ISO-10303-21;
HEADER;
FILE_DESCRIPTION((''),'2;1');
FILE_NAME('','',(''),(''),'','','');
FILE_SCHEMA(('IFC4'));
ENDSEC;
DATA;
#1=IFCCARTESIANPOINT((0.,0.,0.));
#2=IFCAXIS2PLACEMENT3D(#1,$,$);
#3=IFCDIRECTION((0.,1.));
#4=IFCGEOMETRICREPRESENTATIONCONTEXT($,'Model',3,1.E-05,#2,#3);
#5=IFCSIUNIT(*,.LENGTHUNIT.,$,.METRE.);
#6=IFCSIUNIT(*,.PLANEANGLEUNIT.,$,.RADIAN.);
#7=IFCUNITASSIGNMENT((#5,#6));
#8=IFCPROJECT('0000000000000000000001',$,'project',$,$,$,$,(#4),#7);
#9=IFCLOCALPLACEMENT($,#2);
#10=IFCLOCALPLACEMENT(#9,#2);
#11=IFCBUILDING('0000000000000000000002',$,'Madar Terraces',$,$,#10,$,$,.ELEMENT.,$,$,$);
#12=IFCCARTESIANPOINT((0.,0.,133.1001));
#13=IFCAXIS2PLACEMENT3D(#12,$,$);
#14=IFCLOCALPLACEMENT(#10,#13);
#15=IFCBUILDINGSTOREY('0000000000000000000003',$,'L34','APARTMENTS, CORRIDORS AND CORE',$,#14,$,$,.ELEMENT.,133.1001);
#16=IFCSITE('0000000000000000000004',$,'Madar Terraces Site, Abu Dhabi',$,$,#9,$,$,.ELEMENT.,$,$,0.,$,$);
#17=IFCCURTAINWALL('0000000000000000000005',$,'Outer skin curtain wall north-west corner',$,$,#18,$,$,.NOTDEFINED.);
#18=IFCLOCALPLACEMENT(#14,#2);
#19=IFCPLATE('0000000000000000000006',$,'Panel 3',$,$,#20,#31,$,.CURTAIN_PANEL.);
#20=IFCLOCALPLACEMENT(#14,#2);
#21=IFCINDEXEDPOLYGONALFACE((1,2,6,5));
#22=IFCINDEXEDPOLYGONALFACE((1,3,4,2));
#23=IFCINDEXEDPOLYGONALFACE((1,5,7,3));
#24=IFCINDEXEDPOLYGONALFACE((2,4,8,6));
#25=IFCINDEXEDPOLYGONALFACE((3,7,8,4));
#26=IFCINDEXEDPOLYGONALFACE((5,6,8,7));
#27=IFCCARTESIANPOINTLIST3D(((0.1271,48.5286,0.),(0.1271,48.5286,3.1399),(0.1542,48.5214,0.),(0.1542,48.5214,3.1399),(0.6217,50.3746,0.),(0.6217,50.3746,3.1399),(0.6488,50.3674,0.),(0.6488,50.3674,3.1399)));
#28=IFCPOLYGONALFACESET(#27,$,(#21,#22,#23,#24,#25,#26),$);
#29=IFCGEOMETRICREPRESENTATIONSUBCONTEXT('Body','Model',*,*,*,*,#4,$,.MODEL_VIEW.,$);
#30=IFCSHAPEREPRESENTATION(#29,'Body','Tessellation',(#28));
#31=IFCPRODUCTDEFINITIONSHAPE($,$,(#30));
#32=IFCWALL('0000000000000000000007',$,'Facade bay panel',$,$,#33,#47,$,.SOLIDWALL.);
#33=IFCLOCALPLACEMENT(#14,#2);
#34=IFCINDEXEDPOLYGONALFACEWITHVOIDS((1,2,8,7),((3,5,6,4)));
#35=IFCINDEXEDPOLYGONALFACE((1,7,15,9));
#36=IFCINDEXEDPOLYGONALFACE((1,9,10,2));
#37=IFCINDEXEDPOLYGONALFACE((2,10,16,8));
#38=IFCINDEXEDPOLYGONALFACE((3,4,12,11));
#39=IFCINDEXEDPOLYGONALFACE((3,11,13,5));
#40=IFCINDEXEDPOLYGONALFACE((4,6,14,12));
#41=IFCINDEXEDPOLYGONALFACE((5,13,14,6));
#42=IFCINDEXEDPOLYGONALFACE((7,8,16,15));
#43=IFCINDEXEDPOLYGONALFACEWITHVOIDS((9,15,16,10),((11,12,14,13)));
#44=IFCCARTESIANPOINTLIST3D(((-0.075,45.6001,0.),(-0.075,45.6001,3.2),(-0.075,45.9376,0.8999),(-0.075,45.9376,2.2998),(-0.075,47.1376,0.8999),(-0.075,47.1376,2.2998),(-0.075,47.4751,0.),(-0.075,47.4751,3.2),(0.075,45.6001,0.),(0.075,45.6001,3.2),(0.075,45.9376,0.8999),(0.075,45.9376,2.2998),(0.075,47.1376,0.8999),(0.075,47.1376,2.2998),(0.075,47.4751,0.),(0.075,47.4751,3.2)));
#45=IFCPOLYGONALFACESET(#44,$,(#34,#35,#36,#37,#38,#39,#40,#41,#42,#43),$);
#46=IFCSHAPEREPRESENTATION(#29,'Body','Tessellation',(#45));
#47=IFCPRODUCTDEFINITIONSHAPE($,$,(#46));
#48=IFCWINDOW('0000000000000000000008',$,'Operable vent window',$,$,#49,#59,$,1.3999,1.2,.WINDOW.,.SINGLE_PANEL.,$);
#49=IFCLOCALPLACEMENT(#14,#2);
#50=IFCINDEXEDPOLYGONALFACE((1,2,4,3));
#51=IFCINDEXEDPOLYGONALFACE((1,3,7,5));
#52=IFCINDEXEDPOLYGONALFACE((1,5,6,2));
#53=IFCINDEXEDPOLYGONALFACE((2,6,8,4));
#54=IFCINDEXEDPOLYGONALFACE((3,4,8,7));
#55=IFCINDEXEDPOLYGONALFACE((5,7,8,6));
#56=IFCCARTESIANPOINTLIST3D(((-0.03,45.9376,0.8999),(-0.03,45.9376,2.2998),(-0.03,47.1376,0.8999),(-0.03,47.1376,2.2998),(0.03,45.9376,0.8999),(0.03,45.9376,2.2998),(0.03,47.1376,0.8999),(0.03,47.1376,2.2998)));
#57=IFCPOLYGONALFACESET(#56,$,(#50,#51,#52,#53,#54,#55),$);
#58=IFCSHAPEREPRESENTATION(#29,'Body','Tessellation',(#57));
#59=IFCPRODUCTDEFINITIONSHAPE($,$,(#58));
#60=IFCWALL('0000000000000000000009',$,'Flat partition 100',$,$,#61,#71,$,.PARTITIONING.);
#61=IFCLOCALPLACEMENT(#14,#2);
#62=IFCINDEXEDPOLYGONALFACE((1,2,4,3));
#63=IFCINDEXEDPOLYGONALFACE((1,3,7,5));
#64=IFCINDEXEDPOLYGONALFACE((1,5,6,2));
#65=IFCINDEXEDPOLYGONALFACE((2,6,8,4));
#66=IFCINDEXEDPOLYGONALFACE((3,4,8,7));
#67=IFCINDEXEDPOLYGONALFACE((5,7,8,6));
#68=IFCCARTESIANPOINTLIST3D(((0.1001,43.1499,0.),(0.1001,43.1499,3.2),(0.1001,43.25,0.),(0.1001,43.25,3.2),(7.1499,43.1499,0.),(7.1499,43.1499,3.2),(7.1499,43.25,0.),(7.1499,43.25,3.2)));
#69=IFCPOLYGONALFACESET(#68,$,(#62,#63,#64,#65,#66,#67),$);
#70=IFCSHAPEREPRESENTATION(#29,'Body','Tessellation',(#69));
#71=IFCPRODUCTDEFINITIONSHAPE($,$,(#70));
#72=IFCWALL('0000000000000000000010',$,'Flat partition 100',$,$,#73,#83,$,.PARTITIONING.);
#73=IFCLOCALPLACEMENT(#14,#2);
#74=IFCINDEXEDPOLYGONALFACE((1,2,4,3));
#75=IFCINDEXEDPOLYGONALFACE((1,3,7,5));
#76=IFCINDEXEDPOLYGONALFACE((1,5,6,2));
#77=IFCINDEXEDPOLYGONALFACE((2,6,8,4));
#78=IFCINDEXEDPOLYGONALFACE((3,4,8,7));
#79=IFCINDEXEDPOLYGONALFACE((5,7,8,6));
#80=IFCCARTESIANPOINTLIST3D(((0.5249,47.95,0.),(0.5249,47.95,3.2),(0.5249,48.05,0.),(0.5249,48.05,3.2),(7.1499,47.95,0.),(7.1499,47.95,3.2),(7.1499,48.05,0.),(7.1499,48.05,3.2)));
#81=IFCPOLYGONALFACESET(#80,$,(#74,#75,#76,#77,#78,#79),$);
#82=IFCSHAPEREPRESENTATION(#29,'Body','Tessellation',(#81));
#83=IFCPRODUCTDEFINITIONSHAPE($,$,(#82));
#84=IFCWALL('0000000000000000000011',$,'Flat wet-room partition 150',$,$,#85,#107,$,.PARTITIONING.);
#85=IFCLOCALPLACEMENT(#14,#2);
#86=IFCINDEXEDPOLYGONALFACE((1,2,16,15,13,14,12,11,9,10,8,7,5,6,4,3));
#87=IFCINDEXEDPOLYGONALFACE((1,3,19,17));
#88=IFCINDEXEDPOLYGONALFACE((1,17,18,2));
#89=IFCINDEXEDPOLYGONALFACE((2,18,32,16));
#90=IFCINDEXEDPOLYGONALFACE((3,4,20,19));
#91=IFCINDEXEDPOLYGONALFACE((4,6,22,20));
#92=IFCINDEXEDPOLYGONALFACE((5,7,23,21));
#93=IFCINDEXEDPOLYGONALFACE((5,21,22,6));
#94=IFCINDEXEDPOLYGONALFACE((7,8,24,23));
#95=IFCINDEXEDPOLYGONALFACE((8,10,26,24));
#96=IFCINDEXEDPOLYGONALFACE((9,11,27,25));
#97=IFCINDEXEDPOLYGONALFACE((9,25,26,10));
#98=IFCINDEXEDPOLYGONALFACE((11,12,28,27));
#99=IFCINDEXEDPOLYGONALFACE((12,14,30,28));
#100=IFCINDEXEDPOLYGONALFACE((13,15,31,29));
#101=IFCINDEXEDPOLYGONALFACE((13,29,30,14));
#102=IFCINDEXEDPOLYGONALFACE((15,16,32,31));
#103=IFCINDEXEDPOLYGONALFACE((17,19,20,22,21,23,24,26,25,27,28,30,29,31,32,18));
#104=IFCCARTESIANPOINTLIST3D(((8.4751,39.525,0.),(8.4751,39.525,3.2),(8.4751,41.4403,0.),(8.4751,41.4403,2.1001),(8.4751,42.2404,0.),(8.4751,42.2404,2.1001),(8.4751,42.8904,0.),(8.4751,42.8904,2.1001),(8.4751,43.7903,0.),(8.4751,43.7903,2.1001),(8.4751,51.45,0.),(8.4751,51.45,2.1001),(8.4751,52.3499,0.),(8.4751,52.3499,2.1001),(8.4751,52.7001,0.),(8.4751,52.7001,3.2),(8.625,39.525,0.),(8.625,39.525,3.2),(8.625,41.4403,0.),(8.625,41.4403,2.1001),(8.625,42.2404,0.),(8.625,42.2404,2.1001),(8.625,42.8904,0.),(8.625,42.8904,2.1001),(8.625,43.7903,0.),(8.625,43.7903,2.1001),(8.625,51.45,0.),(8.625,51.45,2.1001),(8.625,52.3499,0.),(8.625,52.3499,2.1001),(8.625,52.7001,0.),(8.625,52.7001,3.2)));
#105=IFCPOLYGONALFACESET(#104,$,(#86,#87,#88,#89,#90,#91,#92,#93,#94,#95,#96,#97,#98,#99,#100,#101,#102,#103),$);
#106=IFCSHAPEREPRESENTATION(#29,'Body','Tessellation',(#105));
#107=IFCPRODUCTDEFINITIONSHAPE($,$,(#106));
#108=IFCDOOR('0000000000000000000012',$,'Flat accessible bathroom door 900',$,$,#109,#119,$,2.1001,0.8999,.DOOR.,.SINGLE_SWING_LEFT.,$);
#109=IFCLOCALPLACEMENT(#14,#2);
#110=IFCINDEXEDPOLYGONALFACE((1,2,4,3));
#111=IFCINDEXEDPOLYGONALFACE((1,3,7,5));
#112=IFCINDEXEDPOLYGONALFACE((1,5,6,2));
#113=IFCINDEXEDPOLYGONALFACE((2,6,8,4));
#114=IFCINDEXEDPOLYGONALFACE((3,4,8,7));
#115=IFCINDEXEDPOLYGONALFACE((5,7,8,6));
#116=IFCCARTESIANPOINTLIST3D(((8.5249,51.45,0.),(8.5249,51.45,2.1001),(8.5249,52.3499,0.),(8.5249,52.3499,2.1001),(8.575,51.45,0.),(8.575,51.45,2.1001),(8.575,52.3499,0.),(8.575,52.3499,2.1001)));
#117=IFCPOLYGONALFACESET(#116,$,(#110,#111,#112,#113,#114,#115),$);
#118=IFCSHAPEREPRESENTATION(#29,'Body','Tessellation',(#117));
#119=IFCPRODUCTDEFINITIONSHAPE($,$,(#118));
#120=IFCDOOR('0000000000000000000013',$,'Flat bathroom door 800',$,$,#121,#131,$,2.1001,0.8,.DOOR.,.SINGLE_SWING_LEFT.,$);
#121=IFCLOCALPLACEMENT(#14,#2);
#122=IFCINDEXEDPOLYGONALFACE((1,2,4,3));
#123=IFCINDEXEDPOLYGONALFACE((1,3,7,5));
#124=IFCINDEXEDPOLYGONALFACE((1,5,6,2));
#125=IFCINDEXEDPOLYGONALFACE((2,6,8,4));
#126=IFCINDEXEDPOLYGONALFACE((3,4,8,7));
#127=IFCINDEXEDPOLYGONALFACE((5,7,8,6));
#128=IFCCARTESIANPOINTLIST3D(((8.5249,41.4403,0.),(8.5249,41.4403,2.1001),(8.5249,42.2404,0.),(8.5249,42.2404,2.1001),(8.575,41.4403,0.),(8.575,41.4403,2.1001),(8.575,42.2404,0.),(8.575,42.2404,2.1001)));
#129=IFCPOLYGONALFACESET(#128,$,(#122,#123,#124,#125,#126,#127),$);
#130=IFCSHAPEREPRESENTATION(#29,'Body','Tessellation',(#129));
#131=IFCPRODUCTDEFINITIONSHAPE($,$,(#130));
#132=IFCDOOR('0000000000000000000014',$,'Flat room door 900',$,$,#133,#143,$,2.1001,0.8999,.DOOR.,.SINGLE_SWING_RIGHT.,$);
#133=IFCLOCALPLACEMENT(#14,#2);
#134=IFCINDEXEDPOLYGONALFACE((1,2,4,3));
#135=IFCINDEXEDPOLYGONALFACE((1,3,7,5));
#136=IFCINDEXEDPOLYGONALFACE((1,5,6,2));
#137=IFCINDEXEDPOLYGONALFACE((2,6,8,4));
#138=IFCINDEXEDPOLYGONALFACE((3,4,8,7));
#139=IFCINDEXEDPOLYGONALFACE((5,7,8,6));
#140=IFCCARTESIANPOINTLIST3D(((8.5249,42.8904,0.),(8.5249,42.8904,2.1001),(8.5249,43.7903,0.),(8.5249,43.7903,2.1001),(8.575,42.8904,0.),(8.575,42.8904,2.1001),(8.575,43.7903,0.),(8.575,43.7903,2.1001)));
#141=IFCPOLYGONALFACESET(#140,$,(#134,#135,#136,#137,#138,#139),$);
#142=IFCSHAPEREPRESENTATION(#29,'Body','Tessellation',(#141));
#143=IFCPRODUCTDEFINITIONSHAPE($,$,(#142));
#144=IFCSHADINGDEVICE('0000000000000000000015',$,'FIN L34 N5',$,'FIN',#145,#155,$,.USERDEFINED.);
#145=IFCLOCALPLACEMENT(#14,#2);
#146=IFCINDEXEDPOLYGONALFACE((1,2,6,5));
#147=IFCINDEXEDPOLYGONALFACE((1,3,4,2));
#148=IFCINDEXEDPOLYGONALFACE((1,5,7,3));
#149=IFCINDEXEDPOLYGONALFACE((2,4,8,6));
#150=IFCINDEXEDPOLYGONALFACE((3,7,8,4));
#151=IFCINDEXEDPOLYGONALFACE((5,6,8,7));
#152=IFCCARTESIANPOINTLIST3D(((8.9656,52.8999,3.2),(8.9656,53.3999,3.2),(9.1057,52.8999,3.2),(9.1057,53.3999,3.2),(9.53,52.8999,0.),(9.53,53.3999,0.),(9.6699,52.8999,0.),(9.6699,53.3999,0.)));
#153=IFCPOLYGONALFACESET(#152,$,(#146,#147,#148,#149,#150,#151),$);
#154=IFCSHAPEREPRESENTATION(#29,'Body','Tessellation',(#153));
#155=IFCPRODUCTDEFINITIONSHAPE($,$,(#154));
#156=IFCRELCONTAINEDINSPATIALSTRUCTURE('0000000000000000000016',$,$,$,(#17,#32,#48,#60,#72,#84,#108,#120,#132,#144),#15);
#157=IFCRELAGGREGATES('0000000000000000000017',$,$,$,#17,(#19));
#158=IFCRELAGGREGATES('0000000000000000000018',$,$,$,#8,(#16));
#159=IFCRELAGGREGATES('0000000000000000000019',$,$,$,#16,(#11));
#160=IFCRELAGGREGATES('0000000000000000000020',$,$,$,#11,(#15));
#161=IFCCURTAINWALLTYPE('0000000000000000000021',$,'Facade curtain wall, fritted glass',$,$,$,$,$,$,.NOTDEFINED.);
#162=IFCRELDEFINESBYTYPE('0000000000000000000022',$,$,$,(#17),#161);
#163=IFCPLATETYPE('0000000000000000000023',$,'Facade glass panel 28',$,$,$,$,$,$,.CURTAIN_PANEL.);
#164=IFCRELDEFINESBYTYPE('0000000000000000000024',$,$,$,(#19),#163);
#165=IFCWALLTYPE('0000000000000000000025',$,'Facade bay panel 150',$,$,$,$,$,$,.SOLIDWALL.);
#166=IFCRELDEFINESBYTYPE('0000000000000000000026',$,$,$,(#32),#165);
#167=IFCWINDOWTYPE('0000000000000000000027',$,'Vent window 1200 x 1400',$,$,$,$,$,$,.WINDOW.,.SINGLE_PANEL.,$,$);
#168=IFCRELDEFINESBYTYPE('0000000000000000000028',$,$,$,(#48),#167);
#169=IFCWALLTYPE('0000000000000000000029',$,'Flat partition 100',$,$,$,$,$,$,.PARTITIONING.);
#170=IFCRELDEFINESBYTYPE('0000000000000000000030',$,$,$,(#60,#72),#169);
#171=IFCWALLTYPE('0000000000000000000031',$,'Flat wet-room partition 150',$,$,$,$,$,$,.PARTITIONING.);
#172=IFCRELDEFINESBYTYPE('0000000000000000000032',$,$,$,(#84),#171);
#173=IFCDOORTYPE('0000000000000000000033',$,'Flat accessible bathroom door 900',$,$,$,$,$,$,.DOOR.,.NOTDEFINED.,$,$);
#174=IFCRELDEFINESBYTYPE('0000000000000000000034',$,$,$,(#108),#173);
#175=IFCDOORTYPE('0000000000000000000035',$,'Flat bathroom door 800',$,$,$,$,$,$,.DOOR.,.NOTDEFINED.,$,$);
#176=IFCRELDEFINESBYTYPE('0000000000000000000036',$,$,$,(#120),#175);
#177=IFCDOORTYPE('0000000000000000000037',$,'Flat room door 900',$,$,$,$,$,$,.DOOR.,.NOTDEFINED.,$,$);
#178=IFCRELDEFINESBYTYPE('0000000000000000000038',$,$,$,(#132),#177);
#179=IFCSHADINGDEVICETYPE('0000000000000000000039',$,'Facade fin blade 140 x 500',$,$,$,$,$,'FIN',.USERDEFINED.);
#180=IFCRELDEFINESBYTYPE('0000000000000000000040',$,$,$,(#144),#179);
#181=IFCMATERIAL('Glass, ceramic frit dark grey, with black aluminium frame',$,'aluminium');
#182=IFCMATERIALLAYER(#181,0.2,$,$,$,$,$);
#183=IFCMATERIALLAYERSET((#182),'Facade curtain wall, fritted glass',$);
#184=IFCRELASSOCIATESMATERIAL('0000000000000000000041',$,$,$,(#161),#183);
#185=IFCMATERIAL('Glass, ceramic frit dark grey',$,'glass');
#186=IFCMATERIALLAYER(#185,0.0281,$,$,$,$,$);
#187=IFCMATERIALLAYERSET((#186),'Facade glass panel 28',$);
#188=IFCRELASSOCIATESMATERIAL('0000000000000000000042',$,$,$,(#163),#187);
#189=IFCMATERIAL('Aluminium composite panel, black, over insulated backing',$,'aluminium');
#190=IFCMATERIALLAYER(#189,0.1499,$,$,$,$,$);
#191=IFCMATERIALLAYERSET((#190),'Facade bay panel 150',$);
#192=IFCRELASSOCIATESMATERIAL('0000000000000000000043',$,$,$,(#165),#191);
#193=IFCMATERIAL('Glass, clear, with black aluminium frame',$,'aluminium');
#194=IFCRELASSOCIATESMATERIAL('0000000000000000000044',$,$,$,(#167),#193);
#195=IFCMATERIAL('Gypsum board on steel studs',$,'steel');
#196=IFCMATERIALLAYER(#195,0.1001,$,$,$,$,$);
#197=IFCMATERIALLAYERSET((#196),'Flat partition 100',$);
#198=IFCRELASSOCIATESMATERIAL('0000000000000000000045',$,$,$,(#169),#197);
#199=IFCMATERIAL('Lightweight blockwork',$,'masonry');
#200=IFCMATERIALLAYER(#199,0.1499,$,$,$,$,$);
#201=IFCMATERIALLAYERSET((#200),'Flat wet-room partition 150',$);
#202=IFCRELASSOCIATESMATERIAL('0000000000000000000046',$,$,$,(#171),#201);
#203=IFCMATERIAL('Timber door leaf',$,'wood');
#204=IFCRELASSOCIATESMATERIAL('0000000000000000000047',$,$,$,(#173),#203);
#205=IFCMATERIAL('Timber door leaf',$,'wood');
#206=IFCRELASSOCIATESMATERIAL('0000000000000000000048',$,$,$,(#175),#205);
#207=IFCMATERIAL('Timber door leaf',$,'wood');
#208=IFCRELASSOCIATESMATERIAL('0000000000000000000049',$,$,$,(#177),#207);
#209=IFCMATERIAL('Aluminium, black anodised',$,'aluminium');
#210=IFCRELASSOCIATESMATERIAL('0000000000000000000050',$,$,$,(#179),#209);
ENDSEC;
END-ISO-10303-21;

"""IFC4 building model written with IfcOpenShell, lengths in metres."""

from ifc_helpers import new_model, si_unit, direction, frame, frame_2d, origin, origin_2d, place, context, subcontext, project, spatial, polyline, rectangle, outline, extrude, material, layer, layer_set, type_object, element, fill, aggregate, save


model = new_model("IFC4")

# Units and contexts
model_context = context("Model", 3, precision=1e-05, world=origin(), true_north=direction((0.0, 1.0)))
body_context = subcontext(model_context, "Body", "Model", "MODEL_VIEW")
ifc_project = project(units=[si_unit("LENGTHUNIT", "METRE"), si_unit("PLANEANGLEUNIT", "RADIAN")], contexts=[model_context])

# Site, building, storey
site_placement = place(None, origin())
site = spatial("IfcSite", under=ifc_project, at=site_placement, Name="Madar Terraces Site, Abu Dhabi", CompositionType="ELEMENT", RefElevation=0.0)
building_placement = place(site_placement, origin())
building = spatial("IfcBuilding", under=site, at=building_placement, Name="Madar Terraces", CompositionType="ELEMENT")
storey_placement = place(building_placement, frame((0.0, 0.0, 133.1001)))
storey = spatial("IfcBuildingStorey", under=building, at=storey_placement, Name="L34", Description="APARTMENTS, CORRIDORS AND CORE", CompositionType="ELEMENT", Elevation=133.1001)

# Shared definitions
ifc_material_1 = material(Name="Glass, ceramic frit dark grey, with black aluminium frame", Category="aluminium")
ifc_layer_1 = layer(ifc_material_1, 0.2)
ifc_layer_set_1 = layer_set([ifc_layer_1], Name="Facade curtain wall, fritted glass")
curtain_wall_type = type_object("IfcCurtainWallType", Name="Facade curtain wall, fritted glass", PredefinedType="NOTDEFINED", material=ifc_layer_set_1)

# Curtain wall
curtain_wall_1_placement = place(storey_placement, origin())
curtain_wall_1 = element("IfcCurtainWall", 1, at=curtain_wall_1_placement, inside=storey, type_object=curtain_wall_type, Name="Outer skin curtain wall north-west corner", PredefinedType="NOTDEFINED")

# Plate
ifc_material_2 = material(Name="Glass, ceramic frit dark grey", Category="glass")
ifc_layer_2 = layer(ifc_material_2, 0.0281)
ifc_layer_set_2 = layer_set([ifc_layer_2], Name="Facade glass panel 28")
plate_type = type_object("IfcPlateType", Name="Facade glass panel 28", PredefinedType="CURTAIN_PANEL", material=ifc_layer_set_2)
plate_1_placement = place(storey_placement, frame((0.3879, 49.448, 0.0), z_axis=(0.0, 0.0, 1.0), x_axis=(-0.258819, -0.965926, 0.0)))
plate_1 = element("IfcPlate", 2, at=plate_1_placement, type_object=plate_type, Name="Panel 3", PredefinedType="CURTAIN_PANEL", context=body_context, shape_type="SweptSolid", body=[
    extrude(rectangle(XDim=1.9111, YDim=0.0281, at=origin_2d()), origin(), (0.0, 0.0, 1.0), 3.1399),
])
aggregate(curtain_wall_1, [plate_1])

# Wall, opening, window
ifc_material_3 = material(Name="Aluminium composite panel, black, over insulated backing", Category="aluminium")
ifc_layer_3 = layer(ifc_material_3, 0.1499)
ifc_layer_set_3 = layer_set([ifc_layer_3], Name="Facade bay panel 150")
wall_type_1 = type_object("IfcWallType", Name="Facade bay panel 150", PredefinedType="SOLIDWALL", material=ifc_layer_set_3)
wall_1_placement = place(storey_placement, frame((0.0, 47.4751, 0.0), z_axis=(0.0, 0.0, 1.0), x_axis=(0.0, -1.0, 0.0)))
wall_1 = element("IfcWall", 3, at=wall_1_placement, inside=storey, type_object=wall_type_1, Name="Facade bay panel", PredefinedType="SOLIDWALL", context=body_context, shape_type="SweptSolid", body=[
    extrude(rectangle(XDim=1.875, YDim=0.1499, at=frame_2d((0.9375, 0.0))), origin(), (0.0, 0.0, 1.0), 3.2),
])
opening_1_placement = place(wall_1_placement, frame((0.3374, 0.0, 0.8999)))
opening_1 = element("IfcOpeningElement", 4, at=opening_1_placement, cuts=wall_1, PredefinedType="OPENING", context=body_context, shape_type="SweptSolid", body=[
    extrude(rectangle(XDim=1.2, YDim=1.3999, at=frame_2d((0.6001, 0.7))), frame((0.0, 0.085, 0.0), z_axis=(0.0, -1.0, 0.0), x_axis=(1.0, 0.0, 0.0)), (0.0, 0.0, 1.0), 0.1699),
])
ifc_material_4 = material(Name="Glass, clear, with black aluminium frame", Category="aluminium")
window_type = type_object("IfcWindowType", Name="Vent window 1200 x 1400", PartitioningType="SINGLE_PANEL", PredefinedType="WINDOW", material=ifc_material_4)
window_placement = place(opening_1_placement, origin())
window = element("IfcWindow", 5, at=window_placement, inside=storey, type_object=window_type, Name="Operable vent window", OverallHeight=1.3999, OverallWidth=1.2, PartitioningType="SINGLE_PANEL", PredefinedType="WINDOW", context=body_context, shape_type="SweptSolid", body=[
    extrude(rectangle(XDim=1.2, YDim=1.3999, at=frame_2d((0.6001, 0.7))), frame((0.0, 0.03, 0.0), z_axis=(0.0, -1.0, 0.0), x_axis=(1.0, 0.0, 0.0)), (0.0, 0.0, 1.0), 0.0601),
])
fill(opening_1, window)

# Walls
ifc_material_5 = material(Name="Gypsum board on steel studs", Category="steel")
ifc_layer_4 = layer(ifc_material_5, 0.1001)
ifc_layer_set_4 = layer_set([ifc_layer_4], Name="Flat partition 100")
wall_type_2 = type_object("IfcWallType", Name="Flat partition 100", PredefinedType="PARTITIONING", material=ifc_layer_set_4)
wall_2_placement = place(storey_placement, frame((7.1499, 43.2, 0.0), z_axis=(0.0, 0.0, 1.0), x_axis=(-1.0, 0.0, 0.0)))
element("IfcWall", 6, at=wall_2_placement, inside=storey, type_object=wall_type_2, Name="Flat partition 100", PredefinedType="PARTITIONING", context=body_context, shape_type="SweptSolid", body=[
    extrude(rectangle(XDim=7.0498, YDim=0.1001, at=frame_2d((3.5249, 0.0))), origin(), (0.0, 0.0, 1.0), 3.2),
])
wall_3_placement = place(storey_placement, frame((7.1499, 48.0, 0.0), z_axis=(0.0, 0.0, 1.0), x_axis=(-1.0, 0.0, 0.0)))
element("IfcWall", 7, at=wall_3_placement, inside=storey, type_object=wall_type_2, Name="Flat partition 100", PredefinedType="PARTITIONING", context=body_context, shape_type="SweptSolid", body=[
    extrude(rectangle(XDim=6.625, YDim=0.1001, at=frame_2d((3.3125, 0.0))), origin(), (0.0, 0.0, 1.0), 3.2),
])

# Wall, openings, doors
ifc_material_6 = material(Name="Lightweight blockwork", Category="masonry")
ifc_layer_5 = layer(ifc_material_6, 0.1499)
ifc_layer_set_5 = layer_set([ifc_layer_5], Name="Flat wet-room partition 150")
wall_type_3 = type_object("IfcWallType", Name="Flat wet-room partition 150", PredefinedType="PARTITIONING", material=ifc_layer_set_5)
wall_4_placement = place(storey_placement, frame((8.55, 52.7, 0.0), z_axis=(0.0, 0.0, 1.0), x_axis=(0.0, -1.0, 0.0)))
wall_4 = element("IfcWall", 8, at=wall_4_placement, inside=storey, type_object=wall_type_3, Name="Flat wet-room partition 150", PredefinedType="PARTITIONING", context=body_context, shape_type="SweptSolid", body=[
    extrude(rectangle(XDim=13.175, YDim=0.1499, at=frame_2d((6.5874, 0.0))), origin(), (0.0, 0.0, 1.0), 3.2),
])
opening_2_placement = place(wall_4_placement, frame((10.4597, 0.0, 0.0)))
opening_2 = element("IfcOpeningElement", 9, at=opening_2_placement, cuts=wall_4, PredefinedType="OPENING", context=body_context, shape_type="SweptSolid", body=[
    extrude(rectangle(XDim=0.8, YDim=2.1001, at=frame_2d((0.3999, 1.05))), frame((0.0, 0.085, 0.0), z_axis=(0.0, -1.0, 0.0), x_axis=(1.0, 0.0, 0.0)), (0.0, 0.0, 1.0), 0.1699),
])
opening_3_placement = place(wall_4_placement, frame((8.9097, 0.0, 0.0)))
opening_3 = element("IfcOpeningElement", 10, at=opening_3_placement, cuts=wall_4, PredefinedType="OPENING", context=body_context, shape_type="SweptSolid", body=[
    extrude(rectangle(XDim=0.8999, YDim=2.1001, at=frame_2d((0.45, 1.05))), frame((0.0, 0.085, 0.0), z_axis=(0.0, -1.0, 0.0), x_axis=(1.0, 0.0, 0.0)), (0.0, 0.0, 1.0), 0.1699),
])
opening_4_placement = place(wall_4_placement, frame((0.3501, 0.0, 0.0)))
opening_4 = element("IfcOpeningElement", 11, at=opening_4_placement, cuts=wall_4, PredefinedType="OPENING", context=body_context, shape_type="SweptSolid", body=[
    extrude(rectangle(XDim=0.8999, YDim=2.1001, at=frame_2d((0.45, 1.05))), frame((0.0, 0.085, 0.0), z_axis=(0.0, -1.0, 0.0), x_axis=(1.0, 0.0, 0.0)), (0.0, 0.0, 1.0), 0.1699),
])
ifc_material_7 = material(Name="Timber door leaf", Category="wood")
door_type_1 = type_object("IfcDoorType", Name="Flat accessible bathroom door 900", OperationType="NOTDEFINED", PredefinedType="DOOR", material=ifc_material_7)
door_1_placement = place(opening_4_placement, origin())
door_1 = element("IfcDoor", 12, at=door_1_placement, inside=storey, type_object=door_type_1, Name="Flat accessible bathroom door 900", OperationType="SINGLE_SWING_LEFT", OverallHeight=2.1001, OverallWidth=0.8999, PredefinedType="DOOR", context=body_context, shape_type="SweptSolid", body=[
    extrude(rectangle(XDim=0.8999, YDim=2.1001, at=frame_2d((0.45, 1.05))), frame((0.0, 0.0249, 0.0), z_axis=(0.0, -1.0, 0.0), x_axis=(1.0, 0.0, 0.0)), (0.0, 0.0, 1.0), 0.05),
])
fill(opening_4, door_1)
ifc_material_8 = material(Name="Timber door leaf", Category="wood")
door_type_2 = type_object("IfcDoorType", Name="Flat bathroom door 800", OperationType="NOTDEFINED", PredefinedType="DOOR", material=ifc_material_8)
door_2_placement = place(opening_2_placement, origin())
door_2 = element("IfcDoor", 13, at=door_2_placement, inside=storey, type_object=door_type_2, Name="Flat bathroom door 800", OperationType="SINGLE_SWING_LEFT", OverallHeight=2.1001, OverallWidth=0.8, PredefinedType="DOOR", context=body_context, shape_type="SweptSolid", body=[
    extrude(rectangle(XDim=0.8, YDim=2.1001, at=frame_2d((0.3999, 1.05))), frame((0.0, 0.0249, 0.0), z_axis=(0.0, -1.0, 0.0), x_axis=(1.0, 0.0, 0.0)), (0.0, 0.0, 1.0), 0.05),
])
fill(opening_2, door_2)
ifc_material_9 = material(Name="Timber door leaf", Category="wood")
door_type_3 = type_object("IfcDoorType", Name="Flat room door 900", OperationType="NOTDEFINED", PredefinedType="DOOR", material=ifc_material_9)
door_3_placement = place(opening_3_placement, origin())
door_3 = element("IfcDoor", 14, at=door_3_placement, inside=storey, type_object=door_type_3, Name="Flat room door 900", OperationType="SINGLE_SWING_RIGHT", OverallHeight=2.1001, OverallWidth=0.8999, PredefinedType="DOOR", context=body_context, shape_type="SweptSolid", body=[
    extrude(rectangle(XDim=0.8999, YDim=2.1001, at=frame_2d((0.45, 1.05))), frame((0.0, 0.0249, 0.0), z_axis=(0.0, -1.0, 0.0), x_axis=(1.0, 0.0, 0.0)), (0.0, 0.0, 1.0), 0.05),
])
fill(opening_3, door_3)

# Shading device
ifc_material_10 = material(Name="Aluminium, black anodised", Category="aluminium")
shading_device_type = type_object("IfcShadingDeviceType", Name="Facade fin blade 140 x 500", ElementType="FIN", PredefinedType="USERDEFINED", material=ifc_material_10)
shading_device_1_placement = place(storey_placement, frame((9.6699, 53.1499, 0.0), z_axis=(0.0, 0.0, 1.0), x_axis=(-1.0, 0.0, 0.0)))
element("IfcShadingDevice", 15, at=shading_device_1_placement, inside=storey, type_object=shading_device_type, Name="FIN L34 N5", ObjectType="FIN", PredefinedType="USERDEFINED", context=body_context, shape_type="SweptSolid", body=[
    extrude(outline(polyline([(0.0, 0.0), (0.1399, 0.0), (0.7043, 3.2), (0.5642, 3.2), (0.0, 0.0)])), frame((0.0, 0.25, 0.0), z_axis=(0.0, -1.0, 0.0), x_axis=(1.0, 0.0, 0.0)), (0.0, 0.0, 1.0), 0.5),
])

save(model, "model.ifc")
